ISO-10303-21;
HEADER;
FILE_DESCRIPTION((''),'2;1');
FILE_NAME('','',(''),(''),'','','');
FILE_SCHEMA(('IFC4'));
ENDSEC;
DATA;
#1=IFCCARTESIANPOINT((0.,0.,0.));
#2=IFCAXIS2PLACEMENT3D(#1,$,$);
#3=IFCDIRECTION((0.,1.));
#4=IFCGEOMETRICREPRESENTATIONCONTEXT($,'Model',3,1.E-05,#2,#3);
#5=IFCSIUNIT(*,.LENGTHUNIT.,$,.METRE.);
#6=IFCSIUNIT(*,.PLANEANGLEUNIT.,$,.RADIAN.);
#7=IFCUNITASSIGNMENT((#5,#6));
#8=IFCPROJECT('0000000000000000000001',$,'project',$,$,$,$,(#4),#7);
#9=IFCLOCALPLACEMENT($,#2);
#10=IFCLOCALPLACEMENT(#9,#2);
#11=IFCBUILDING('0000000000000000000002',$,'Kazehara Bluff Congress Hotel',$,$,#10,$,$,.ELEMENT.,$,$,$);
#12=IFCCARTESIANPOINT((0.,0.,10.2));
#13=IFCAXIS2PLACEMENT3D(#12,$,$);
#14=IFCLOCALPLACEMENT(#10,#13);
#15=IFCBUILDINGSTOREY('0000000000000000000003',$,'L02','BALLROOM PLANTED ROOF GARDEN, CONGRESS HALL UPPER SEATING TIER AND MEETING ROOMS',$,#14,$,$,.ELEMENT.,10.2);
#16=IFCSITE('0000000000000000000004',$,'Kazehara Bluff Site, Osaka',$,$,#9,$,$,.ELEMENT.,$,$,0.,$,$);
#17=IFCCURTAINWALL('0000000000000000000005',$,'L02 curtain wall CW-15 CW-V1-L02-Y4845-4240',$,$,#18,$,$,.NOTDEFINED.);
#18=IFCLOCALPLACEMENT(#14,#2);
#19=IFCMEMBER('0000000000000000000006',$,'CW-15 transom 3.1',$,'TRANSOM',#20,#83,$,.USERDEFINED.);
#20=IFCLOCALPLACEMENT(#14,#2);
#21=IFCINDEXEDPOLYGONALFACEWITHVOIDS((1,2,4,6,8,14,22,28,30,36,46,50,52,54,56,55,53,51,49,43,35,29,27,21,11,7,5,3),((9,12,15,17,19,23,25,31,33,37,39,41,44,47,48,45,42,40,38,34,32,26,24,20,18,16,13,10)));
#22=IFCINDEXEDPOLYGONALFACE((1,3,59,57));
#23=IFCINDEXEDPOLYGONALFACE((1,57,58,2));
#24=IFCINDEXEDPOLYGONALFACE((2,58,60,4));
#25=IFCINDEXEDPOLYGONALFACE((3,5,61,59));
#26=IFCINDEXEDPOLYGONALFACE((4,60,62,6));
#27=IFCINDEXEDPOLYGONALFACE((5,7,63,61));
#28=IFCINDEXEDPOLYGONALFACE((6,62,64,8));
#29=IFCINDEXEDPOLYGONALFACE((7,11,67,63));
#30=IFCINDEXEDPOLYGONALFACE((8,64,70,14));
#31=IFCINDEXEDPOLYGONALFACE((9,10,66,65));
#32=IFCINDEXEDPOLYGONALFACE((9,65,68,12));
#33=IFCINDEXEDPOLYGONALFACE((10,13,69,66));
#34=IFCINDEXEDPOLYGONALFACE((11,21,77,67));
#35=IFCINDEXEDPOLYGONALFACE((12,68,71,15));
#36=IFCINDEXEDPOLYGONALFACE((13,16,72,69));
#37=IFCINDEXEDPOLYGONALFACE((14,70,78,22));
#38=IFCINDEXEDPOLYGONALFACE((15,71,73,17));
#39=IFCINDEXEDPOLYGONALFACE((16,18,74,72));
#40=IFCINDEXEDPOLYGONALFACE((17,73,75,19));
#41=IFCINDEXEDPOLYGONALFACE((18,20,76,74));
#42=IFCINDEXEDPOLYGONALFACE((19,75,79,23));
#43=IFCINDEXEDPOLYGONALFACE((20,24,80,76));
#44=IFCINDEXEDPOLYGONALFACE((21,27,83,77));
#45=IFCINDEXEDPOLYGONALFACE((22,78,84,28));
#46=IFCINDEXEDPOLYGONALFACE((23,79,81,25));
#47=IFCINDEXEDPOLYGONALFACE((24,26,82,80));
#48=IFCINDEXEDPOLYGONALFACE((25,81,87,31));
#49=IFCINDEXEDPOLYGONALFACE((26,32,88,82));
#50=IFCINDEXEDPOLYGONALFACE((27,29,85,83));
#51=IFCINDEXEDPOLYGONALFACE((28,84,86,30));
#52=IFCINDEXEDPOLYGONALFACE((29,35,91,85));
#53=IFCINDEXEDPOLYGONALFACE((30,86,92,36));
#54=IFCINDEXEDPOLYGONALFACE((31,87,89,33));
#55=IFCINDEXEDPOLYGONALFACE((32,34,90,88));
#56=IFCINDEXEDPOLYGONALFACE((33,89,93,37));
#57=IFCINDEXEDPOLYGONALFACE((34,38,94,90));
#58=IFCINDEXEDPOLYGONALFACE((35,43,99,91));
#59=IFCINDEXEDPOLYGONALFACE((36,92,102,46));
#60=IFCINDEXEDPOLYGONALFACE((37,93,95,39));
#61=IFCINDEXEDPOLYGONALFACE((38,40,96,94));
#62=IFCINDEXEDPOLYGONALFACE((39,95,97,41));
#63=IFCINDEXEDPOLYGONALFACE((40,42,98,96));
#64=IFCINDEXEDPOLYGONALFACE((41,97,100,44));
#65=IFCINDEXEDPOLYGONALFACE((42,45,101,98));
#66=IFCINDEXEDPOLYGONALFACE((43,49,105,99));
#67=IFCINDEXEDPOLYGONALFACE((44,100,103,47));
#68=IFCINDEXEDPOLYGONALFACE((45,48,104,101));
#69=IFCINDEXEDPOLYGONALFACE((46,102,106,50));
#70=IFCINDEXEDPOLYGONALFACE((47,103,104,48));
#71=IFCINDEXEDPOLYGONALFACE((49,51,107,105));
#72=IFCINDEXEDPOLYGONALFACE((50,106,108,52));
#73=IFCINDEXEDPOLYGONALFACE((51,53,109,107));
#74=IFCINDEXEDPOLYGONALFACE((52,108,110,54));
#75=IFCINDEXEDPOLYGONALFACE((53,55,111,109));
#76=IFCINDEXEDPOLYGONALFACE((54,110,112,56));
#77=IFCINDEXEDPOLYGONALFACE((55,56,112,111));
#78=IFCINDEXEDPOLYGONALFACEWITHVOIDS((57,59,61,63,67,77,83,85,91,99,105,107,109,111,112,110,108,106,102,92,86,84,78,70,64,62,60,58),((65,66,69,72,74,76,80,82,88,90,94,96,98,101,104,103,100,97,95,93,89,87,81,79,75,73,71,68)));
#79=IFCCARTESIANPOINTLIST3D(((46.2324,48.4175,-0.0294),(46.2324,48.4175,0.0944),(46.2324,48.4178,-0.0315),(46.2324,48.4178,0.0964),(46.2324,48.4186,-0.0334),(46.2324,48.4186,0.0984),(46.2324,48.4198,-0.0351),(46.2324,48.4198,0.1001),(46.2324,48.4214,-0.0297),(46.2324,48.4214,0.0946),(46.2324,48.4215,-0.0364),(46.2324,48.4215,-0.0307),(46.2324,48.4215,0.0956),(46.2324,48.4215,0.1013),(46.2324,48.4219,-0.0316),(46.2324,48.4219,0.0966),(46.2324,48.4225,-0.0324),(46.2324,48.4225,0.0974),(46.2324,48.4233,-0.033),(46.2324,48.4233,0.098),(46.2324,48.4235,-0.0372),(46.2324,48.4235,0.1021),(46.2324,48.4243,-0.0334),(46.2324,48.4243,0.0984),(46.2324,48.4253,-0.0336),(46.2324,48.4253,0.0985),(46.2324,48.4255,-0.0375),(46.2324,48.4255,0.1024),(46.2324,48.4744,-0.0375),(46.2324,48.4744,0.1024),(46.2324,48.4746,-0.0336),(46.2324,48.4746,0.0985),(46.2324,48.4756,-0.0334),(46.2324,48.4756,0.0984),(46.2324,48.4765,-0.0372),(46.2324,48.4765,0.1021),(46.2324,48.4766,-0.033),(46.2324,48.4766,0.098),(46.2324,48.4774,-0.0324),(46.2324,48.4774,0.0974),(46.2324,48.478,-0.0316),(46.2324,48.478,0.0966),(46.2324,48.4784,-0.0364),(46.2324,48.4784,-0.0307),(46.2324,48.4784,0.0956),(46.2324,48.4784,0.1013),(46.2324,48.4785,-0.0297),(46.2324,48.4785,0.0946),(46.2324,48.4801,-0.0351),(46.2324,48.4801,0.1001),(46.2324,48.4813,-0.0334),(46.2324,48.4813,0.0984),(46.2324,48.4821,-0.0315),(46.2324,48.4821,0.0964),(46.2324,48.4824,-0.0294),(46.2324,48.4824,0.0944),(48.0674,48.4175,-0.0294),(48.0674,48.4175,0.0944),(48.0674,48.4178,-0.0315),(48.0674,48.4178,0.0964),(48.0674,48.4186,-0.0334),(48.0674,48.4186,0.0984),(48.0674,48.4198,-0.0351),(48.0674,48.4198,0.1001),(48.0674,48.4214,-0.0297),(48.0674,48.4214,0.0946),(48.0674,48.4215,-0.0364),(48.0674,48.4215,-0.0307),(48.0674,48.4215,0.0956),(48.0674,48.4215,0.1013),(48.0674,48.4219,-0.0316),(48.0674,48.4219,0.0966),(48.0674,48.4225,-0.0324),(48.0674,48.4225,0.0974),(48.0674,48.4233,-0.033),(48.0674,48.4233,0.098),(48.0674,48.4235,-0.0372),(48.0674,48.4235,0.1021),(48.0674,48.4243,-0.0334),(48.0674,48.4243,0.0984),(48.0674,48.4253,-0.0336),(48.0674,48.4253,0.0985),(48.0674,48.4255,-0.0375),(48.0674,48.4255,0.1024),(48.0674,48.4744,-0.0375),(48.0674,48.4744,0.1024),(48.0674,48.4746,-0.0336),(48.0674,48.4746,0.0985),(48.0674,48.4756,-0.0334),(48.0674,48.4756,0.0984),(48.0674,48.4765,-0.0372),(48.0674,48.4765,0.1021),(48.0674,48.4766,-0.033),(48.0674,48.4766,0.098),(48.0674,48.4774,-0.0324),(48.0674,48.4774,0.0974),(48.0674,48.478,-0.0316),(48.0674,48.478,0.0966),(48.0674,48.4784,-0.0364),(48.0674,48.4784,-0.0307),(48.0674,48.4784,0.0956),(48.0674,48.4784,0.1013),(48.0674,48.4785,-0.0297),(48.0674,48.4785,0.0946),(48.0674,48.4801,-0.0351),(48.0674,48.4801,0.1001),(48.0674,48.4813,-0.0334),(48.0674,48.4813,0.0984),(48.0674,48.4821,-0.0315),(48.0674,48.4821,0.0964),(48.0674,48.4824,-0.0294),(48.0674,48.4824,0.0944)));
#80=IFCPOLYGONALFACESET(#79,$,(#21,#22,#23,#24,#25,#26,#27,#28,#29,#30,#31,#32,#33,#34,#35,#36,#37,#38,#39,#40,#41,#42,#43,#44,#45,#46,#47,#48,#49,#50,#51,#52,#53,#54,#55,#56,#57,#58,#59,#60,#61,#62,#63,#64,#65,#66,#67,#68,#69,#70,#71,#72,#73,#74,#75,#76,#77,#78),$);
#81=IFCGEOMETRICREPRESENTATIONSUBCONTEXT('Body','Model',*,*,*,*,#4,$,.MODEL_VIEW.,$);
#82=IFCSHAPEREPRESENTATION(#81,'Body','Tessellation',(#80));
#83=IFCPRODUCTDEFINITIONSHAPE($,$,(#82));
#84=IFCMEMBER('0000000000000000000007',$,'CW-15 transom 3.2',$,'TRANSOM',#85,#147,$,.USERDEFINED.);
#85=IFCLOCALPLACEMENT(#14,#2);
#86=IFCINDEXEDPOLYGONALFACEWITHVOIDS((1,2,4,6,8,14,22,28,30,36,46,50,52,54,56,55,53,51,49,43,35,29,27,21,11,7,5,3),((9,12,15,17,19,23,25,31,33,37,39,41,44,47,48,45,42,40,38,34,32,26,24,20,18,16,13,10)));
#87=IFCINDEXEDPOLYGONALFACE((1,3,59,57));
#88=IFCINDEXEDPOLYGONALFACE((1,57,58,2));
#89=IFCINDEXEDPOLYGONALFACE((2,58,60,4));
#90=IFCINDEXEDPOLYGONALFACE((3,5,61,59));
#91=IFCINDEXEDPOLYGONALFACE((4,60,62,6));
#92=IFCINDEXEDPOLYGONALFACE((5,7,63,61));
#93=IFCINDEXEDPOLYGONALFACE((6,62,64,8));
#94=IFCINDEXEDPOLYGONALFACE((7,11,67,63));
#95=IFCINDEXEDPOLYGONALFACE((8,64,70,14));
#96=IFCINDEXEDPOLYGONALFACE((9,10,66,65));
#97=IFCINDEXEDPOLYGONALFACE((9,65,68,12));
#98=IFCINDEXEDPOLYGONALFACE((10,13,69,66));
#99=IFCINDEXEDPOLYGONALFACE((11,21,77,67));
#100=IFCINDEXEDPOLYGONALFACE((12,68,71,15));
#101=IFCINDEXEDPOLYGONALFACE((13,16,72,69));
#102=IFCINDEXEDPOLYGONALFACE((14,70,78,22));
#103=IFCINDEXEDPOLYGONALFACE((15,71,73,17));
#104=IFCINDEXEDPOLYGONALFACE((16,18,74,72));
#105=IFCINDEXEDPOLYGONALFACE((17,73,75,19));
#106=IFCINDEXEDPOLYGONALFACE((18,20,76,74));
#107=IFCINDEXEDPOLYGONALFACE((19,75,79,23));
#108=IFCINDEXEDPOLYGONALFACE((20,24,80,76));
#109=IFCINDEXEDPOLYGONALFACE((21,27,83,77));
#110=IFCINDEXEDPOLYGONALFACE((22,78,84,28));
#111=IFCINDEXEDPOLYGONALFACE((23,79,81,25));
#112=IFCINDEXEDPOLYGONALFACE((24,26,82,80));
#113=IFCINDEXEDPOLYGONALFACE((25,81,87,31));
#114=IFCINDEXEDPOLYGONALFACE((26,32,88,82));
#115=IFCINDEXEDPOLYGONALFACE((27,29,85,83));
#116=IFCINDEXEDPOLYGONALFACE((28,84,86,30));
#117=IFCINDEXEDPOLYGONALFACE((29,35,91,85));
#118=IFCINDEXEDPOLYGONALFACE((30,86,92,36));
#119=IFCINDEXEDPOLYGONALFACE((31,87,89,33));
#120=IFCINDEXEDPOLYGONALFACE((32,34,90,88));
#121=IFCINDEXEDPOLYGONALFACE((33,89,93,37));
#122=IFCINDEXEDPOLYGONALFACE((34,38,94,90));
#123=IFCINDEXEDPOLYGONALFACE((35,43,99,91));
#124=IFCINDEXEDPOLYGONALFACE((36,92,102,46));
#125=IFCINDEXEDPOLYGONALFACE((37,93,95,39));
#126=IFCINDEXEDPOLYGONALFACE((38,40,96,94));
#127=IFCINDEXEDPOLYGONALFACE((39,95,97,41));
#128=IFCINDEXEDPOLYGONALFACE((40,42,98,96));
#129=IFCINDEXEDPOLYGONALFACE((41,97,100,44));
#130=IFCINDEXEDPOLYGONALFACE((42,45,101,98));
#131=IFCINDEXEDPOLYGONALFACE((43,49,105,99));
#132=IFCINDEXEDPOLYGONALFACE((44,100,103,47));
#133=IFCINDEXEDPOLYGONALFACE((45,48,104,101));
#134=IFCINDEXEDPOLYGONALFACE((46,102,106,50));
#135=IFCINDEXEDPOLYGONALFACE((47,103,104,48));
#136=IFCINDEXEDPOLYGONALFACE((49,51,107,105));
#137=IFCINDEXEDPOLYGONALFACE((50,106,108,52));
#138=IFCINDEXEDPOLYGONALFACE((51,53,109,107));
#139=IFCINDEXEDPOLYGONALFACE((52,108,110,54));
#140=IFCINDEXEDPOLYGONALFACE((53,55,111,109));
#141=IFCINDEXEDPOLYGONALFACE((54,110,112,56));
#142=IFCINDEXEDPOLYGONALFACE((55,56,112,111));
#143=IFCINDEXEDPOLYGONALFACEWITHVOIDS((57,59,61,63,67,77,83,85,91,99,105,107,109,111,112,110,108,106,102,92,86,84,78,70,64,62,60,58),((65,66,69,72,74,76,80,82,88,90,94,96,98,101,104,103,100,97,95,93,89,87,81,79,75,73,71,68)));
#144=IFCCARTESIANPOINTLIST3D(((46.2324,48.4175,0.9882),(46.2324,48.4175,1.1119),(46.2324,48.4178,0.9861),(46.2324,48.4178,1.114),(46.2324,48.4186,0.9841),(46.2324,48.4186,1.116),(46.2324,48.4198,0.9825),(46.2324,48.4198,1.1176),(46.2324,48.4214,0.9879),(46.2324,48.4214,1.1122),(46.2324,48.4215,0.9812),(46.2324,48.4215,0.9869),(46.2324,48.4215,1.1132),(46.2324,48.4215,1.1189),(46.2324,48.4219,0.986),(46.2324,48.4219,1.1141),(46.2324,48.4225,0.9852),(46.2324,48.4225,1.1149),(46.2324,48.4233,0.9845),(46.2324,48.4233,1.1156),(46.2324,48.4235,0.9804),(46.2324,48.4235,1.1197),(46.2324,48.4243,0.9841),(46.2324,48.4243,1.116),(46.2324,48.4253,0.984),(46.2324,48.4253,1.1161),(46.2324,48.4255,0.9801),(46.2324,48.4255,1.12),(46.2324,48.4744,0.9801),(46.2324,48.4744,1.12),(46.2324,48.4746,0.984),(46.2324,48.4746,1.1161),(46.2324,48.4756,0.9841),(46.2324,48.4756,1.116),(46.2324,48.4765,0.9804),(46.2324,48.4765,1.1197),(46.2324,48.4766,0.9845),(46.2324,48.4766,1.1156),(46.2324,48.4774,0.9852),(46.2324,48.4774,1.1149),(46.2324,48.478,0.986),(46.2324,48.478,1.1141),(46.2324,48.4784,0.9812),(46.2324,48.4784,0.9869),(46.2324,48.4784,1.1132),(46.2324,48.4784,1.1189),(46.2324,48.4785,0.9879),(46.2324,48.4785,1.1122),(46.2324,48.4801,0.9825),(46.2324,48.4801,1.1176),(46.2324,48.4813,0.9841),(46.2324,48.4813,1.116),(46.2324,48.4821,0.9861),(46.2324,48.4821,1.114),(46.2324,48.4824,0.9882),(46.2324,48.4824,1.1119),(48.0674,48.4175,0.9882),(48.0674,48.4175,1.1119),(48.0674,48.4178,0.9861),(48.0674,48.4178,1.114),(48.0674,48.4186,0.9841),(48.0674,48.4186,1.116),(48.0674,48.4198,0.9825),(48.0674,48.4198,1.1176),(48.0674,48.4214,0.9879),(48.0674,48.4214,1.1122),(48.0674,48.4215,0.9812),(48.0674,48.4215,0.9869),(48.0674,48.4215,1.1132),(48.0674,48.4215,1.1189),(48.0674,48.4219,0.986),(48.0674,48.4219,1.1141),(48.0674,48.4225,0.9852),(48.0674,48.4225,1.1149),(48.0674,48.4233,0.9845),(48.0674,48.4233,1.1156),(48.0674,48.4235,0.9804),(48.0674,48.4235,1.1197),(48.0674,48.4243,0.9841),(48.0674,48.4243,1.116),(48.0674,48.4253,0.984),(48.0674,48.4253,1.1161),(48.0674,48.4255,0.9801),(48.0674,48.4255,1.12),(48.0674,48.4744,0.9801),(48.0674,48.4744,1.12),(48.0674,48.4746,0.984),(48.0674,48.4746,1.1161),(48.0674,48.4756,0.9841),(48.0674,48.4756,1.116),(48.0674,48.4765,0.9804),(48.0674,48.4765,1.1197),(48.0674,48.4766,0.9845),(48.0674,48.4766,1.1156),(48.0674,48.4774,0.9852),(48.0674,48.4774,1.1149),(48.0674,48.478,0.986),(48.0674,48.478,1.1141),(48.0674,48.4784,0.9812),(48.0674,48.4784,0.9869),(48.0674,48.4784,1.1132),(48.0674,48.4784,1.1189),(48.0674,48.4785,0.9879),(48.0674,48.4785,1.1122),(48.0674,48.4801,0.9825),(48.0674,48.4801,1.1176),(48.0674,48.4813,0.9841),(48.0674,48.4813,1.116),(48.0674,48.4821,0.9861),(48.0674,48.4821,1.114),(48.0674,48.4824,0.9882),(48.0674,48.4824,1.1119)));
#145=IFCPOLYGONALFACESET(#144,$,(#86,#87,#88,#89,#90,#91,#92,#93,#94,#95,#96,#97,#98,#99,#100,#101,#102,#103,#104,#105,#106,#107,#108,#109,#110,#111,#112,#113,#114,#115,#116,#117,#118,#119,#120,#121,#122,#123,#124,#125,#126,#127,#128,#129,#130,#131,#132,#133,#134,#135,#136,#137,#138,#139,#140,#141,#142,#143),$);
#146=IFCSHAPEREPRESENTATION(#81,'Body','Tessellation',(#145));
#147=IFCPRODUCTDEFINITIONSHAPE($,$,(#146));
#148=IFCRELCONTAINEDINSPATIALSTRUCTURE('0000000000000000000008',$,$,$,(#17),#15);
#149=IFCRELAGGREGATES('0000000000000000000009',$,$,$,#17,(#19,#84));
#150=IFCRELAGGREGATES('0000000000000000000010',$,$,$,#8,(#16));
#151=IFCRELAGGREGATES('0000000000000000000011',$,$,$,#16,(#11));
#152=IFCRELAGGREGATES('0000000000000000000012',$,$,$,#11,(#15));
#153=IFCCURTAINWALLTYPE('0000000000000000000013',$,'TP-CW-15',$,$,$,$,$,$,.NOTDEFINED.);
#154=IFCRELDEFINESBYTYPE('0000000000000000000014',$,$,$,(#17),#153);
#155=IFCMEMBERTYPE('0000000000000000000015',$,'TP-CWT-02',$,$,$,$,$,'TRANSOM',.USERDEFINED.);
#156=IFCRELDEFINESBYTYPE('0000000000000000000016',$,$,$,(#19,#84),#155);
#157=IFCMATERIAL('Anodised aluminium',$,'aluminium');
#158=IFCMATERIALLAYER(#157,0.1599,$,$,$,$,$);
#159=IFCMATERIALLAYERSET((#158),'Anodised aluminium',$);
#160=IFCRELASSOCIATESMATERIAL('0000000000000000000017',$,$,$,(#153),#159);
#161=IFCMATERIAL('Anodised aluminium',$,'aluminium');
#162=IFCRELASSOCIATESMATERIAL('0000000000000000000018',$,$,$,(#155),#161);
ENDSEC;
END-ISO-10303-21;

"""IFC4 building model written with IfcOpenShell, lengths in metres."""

from ifc_helpers import new_model, si_unit, direction, frame, origin, origin_2d, place, context, subcontext, project, spatial, hollow_rectangle, extrude, material, layer, layer_set, material_profile, profile_set, type_object, element, aggregate, save


model = new_model("IFC4")

# Units and contexts
model_context = context("Model", 3, precision=1e-05, world=origin(), true_north=direction((0.0, 1.0)))
body_context = subcontext(model_context, "Body", "Model", "MODEL_VIEW")
ifc_project = project(units=[si_unit("LENGTHUNIT", "METRE"), si_unit("PLANEANGLEUNIT", "RADIAN")], contexts=[model_context])

# Site, building, storey
site_placement = place(None, origin())
site = spatial("IfcSite", under=ifc_project, at=site_placement, Name="Kazehara Bluff Site, Osaka", CompositionType="ELEMENT", RefElevation=0.0)
building_placement = place(site_placement, origin())
building = spatial("IfcBuilding", under=site, at=building_placement, Name="Kazehara Bluff Congress Hotel", CompositionType="ELEMENT")
storey_placement = place(building_placement, frame((0.0, 0.0, 10.2)))
storey = spatial("IfcBuildingStorey", under=building, at=storey_placement, Name="L02", Description="BALLROOM PLANTED ROOF GARDEN, CONGRESS HALL UPPER SEATING TIER AND MEETING ROOMS", CompositionType="ELEMENT", Elevation=10.2)

# Curtain wall
ifc_material_1 = material(Name="Anodised aluminium", Category="aluminium")
ifc_layer_1 = layer(ifc_material_1, 0.1599)
ifc_layer_set_1 = layer_set([ifc_layer_1], Name="Anodised aluminium")
curtain_wall_type_1 = type_object("IfcCurtainWallType", Name="TP-CW-15", PredefinedType="NOTDEFINED", material=ifc_layer_set_1)
curtain_wall_1_placement = place(storey_placement, origin())
curtain_wall_1 = element("IfcCurtainWall", 1, at=curtain_wall_1_placement, inside=storey, type_object=curtain_wall_type_1, Name="L02 curtain wall CW-15 CW-V1-L02-Y4845-4240", PredefinedType="NOTDEFINED")

# Members
ifc_material_2 = material(Name="Anodised aluminium", Category="aluminium")
ifc_material_profile_1 = material_profile(ifc_material_2, hollow_rectangle(XDim=0.0649, YDim=0.1399, WallThickness=0.0039, InnerFilletRadius=0.0039, OuterFilletRadius=0.0081, at=origin_2d()))
ifc_profile_set_1 = profile_set([ifc_material_profile_1], Name="Anodised aluminium")
member_type_1 = type_object("IfcMemberType", Name="TP-CWT-02", ElementType="TRANSOM", PredefinedType="USERDEFINED", material=ifc_profile_set_1)
member_1_placement = place(storey_placement, frame((46.2324, 48.45, 0.0325), z_axis=(1.0, 0.0, 0.0), x_axis=(0.0, 1.0, 0.0)))
member_1 = element("IfcMember", 2, at=member_1_placement, type_object=member_type_1, Name="CW-15 transom 3.1", ObjectType="TRANSOM", PredefinedType="USERDEFINED", context=body_context, shape_type="SweptSolid", body=[
    extrude(hollow_rectangle(XDim=0.0649, YDim=0.1399, WallThickness=0.0039, InnerFilletRadius=0.0039, OuterFilletRadius=0.0081, at=origin_2d()), origin(), (0.0, 0.0, 1.0), 1.835),
])
member_2_placement = place(storey_placement, frame((46.2324, 48.45, 1.05), z_axis=(1.0, 0.0, 0.0), x_axis=(0.0, 1.0, 0.0)))
member_2 = element("IfcMember", 3, at=member_2_placement, type_object=member_type_1, Name="CW-15 transom 3.2", ObjectType="TRANSOM", PredefinedType="USERDEFINED", context=body_context, shape_type="SweptSolid", body=[
    extrude(hollow_rectangle(XDim=0.0649, YDim=0.1399, WallThickness=0.0039, InnerFilletRadius=0.0039, OuterFilletRadius=0.0081, at=origin_2d()), origin(), (0.0, 0.0, 1.0), 1.835),
])

aggregate(curtain_wall_1, [member_1, member_2])

save(model, "model.ifc")
